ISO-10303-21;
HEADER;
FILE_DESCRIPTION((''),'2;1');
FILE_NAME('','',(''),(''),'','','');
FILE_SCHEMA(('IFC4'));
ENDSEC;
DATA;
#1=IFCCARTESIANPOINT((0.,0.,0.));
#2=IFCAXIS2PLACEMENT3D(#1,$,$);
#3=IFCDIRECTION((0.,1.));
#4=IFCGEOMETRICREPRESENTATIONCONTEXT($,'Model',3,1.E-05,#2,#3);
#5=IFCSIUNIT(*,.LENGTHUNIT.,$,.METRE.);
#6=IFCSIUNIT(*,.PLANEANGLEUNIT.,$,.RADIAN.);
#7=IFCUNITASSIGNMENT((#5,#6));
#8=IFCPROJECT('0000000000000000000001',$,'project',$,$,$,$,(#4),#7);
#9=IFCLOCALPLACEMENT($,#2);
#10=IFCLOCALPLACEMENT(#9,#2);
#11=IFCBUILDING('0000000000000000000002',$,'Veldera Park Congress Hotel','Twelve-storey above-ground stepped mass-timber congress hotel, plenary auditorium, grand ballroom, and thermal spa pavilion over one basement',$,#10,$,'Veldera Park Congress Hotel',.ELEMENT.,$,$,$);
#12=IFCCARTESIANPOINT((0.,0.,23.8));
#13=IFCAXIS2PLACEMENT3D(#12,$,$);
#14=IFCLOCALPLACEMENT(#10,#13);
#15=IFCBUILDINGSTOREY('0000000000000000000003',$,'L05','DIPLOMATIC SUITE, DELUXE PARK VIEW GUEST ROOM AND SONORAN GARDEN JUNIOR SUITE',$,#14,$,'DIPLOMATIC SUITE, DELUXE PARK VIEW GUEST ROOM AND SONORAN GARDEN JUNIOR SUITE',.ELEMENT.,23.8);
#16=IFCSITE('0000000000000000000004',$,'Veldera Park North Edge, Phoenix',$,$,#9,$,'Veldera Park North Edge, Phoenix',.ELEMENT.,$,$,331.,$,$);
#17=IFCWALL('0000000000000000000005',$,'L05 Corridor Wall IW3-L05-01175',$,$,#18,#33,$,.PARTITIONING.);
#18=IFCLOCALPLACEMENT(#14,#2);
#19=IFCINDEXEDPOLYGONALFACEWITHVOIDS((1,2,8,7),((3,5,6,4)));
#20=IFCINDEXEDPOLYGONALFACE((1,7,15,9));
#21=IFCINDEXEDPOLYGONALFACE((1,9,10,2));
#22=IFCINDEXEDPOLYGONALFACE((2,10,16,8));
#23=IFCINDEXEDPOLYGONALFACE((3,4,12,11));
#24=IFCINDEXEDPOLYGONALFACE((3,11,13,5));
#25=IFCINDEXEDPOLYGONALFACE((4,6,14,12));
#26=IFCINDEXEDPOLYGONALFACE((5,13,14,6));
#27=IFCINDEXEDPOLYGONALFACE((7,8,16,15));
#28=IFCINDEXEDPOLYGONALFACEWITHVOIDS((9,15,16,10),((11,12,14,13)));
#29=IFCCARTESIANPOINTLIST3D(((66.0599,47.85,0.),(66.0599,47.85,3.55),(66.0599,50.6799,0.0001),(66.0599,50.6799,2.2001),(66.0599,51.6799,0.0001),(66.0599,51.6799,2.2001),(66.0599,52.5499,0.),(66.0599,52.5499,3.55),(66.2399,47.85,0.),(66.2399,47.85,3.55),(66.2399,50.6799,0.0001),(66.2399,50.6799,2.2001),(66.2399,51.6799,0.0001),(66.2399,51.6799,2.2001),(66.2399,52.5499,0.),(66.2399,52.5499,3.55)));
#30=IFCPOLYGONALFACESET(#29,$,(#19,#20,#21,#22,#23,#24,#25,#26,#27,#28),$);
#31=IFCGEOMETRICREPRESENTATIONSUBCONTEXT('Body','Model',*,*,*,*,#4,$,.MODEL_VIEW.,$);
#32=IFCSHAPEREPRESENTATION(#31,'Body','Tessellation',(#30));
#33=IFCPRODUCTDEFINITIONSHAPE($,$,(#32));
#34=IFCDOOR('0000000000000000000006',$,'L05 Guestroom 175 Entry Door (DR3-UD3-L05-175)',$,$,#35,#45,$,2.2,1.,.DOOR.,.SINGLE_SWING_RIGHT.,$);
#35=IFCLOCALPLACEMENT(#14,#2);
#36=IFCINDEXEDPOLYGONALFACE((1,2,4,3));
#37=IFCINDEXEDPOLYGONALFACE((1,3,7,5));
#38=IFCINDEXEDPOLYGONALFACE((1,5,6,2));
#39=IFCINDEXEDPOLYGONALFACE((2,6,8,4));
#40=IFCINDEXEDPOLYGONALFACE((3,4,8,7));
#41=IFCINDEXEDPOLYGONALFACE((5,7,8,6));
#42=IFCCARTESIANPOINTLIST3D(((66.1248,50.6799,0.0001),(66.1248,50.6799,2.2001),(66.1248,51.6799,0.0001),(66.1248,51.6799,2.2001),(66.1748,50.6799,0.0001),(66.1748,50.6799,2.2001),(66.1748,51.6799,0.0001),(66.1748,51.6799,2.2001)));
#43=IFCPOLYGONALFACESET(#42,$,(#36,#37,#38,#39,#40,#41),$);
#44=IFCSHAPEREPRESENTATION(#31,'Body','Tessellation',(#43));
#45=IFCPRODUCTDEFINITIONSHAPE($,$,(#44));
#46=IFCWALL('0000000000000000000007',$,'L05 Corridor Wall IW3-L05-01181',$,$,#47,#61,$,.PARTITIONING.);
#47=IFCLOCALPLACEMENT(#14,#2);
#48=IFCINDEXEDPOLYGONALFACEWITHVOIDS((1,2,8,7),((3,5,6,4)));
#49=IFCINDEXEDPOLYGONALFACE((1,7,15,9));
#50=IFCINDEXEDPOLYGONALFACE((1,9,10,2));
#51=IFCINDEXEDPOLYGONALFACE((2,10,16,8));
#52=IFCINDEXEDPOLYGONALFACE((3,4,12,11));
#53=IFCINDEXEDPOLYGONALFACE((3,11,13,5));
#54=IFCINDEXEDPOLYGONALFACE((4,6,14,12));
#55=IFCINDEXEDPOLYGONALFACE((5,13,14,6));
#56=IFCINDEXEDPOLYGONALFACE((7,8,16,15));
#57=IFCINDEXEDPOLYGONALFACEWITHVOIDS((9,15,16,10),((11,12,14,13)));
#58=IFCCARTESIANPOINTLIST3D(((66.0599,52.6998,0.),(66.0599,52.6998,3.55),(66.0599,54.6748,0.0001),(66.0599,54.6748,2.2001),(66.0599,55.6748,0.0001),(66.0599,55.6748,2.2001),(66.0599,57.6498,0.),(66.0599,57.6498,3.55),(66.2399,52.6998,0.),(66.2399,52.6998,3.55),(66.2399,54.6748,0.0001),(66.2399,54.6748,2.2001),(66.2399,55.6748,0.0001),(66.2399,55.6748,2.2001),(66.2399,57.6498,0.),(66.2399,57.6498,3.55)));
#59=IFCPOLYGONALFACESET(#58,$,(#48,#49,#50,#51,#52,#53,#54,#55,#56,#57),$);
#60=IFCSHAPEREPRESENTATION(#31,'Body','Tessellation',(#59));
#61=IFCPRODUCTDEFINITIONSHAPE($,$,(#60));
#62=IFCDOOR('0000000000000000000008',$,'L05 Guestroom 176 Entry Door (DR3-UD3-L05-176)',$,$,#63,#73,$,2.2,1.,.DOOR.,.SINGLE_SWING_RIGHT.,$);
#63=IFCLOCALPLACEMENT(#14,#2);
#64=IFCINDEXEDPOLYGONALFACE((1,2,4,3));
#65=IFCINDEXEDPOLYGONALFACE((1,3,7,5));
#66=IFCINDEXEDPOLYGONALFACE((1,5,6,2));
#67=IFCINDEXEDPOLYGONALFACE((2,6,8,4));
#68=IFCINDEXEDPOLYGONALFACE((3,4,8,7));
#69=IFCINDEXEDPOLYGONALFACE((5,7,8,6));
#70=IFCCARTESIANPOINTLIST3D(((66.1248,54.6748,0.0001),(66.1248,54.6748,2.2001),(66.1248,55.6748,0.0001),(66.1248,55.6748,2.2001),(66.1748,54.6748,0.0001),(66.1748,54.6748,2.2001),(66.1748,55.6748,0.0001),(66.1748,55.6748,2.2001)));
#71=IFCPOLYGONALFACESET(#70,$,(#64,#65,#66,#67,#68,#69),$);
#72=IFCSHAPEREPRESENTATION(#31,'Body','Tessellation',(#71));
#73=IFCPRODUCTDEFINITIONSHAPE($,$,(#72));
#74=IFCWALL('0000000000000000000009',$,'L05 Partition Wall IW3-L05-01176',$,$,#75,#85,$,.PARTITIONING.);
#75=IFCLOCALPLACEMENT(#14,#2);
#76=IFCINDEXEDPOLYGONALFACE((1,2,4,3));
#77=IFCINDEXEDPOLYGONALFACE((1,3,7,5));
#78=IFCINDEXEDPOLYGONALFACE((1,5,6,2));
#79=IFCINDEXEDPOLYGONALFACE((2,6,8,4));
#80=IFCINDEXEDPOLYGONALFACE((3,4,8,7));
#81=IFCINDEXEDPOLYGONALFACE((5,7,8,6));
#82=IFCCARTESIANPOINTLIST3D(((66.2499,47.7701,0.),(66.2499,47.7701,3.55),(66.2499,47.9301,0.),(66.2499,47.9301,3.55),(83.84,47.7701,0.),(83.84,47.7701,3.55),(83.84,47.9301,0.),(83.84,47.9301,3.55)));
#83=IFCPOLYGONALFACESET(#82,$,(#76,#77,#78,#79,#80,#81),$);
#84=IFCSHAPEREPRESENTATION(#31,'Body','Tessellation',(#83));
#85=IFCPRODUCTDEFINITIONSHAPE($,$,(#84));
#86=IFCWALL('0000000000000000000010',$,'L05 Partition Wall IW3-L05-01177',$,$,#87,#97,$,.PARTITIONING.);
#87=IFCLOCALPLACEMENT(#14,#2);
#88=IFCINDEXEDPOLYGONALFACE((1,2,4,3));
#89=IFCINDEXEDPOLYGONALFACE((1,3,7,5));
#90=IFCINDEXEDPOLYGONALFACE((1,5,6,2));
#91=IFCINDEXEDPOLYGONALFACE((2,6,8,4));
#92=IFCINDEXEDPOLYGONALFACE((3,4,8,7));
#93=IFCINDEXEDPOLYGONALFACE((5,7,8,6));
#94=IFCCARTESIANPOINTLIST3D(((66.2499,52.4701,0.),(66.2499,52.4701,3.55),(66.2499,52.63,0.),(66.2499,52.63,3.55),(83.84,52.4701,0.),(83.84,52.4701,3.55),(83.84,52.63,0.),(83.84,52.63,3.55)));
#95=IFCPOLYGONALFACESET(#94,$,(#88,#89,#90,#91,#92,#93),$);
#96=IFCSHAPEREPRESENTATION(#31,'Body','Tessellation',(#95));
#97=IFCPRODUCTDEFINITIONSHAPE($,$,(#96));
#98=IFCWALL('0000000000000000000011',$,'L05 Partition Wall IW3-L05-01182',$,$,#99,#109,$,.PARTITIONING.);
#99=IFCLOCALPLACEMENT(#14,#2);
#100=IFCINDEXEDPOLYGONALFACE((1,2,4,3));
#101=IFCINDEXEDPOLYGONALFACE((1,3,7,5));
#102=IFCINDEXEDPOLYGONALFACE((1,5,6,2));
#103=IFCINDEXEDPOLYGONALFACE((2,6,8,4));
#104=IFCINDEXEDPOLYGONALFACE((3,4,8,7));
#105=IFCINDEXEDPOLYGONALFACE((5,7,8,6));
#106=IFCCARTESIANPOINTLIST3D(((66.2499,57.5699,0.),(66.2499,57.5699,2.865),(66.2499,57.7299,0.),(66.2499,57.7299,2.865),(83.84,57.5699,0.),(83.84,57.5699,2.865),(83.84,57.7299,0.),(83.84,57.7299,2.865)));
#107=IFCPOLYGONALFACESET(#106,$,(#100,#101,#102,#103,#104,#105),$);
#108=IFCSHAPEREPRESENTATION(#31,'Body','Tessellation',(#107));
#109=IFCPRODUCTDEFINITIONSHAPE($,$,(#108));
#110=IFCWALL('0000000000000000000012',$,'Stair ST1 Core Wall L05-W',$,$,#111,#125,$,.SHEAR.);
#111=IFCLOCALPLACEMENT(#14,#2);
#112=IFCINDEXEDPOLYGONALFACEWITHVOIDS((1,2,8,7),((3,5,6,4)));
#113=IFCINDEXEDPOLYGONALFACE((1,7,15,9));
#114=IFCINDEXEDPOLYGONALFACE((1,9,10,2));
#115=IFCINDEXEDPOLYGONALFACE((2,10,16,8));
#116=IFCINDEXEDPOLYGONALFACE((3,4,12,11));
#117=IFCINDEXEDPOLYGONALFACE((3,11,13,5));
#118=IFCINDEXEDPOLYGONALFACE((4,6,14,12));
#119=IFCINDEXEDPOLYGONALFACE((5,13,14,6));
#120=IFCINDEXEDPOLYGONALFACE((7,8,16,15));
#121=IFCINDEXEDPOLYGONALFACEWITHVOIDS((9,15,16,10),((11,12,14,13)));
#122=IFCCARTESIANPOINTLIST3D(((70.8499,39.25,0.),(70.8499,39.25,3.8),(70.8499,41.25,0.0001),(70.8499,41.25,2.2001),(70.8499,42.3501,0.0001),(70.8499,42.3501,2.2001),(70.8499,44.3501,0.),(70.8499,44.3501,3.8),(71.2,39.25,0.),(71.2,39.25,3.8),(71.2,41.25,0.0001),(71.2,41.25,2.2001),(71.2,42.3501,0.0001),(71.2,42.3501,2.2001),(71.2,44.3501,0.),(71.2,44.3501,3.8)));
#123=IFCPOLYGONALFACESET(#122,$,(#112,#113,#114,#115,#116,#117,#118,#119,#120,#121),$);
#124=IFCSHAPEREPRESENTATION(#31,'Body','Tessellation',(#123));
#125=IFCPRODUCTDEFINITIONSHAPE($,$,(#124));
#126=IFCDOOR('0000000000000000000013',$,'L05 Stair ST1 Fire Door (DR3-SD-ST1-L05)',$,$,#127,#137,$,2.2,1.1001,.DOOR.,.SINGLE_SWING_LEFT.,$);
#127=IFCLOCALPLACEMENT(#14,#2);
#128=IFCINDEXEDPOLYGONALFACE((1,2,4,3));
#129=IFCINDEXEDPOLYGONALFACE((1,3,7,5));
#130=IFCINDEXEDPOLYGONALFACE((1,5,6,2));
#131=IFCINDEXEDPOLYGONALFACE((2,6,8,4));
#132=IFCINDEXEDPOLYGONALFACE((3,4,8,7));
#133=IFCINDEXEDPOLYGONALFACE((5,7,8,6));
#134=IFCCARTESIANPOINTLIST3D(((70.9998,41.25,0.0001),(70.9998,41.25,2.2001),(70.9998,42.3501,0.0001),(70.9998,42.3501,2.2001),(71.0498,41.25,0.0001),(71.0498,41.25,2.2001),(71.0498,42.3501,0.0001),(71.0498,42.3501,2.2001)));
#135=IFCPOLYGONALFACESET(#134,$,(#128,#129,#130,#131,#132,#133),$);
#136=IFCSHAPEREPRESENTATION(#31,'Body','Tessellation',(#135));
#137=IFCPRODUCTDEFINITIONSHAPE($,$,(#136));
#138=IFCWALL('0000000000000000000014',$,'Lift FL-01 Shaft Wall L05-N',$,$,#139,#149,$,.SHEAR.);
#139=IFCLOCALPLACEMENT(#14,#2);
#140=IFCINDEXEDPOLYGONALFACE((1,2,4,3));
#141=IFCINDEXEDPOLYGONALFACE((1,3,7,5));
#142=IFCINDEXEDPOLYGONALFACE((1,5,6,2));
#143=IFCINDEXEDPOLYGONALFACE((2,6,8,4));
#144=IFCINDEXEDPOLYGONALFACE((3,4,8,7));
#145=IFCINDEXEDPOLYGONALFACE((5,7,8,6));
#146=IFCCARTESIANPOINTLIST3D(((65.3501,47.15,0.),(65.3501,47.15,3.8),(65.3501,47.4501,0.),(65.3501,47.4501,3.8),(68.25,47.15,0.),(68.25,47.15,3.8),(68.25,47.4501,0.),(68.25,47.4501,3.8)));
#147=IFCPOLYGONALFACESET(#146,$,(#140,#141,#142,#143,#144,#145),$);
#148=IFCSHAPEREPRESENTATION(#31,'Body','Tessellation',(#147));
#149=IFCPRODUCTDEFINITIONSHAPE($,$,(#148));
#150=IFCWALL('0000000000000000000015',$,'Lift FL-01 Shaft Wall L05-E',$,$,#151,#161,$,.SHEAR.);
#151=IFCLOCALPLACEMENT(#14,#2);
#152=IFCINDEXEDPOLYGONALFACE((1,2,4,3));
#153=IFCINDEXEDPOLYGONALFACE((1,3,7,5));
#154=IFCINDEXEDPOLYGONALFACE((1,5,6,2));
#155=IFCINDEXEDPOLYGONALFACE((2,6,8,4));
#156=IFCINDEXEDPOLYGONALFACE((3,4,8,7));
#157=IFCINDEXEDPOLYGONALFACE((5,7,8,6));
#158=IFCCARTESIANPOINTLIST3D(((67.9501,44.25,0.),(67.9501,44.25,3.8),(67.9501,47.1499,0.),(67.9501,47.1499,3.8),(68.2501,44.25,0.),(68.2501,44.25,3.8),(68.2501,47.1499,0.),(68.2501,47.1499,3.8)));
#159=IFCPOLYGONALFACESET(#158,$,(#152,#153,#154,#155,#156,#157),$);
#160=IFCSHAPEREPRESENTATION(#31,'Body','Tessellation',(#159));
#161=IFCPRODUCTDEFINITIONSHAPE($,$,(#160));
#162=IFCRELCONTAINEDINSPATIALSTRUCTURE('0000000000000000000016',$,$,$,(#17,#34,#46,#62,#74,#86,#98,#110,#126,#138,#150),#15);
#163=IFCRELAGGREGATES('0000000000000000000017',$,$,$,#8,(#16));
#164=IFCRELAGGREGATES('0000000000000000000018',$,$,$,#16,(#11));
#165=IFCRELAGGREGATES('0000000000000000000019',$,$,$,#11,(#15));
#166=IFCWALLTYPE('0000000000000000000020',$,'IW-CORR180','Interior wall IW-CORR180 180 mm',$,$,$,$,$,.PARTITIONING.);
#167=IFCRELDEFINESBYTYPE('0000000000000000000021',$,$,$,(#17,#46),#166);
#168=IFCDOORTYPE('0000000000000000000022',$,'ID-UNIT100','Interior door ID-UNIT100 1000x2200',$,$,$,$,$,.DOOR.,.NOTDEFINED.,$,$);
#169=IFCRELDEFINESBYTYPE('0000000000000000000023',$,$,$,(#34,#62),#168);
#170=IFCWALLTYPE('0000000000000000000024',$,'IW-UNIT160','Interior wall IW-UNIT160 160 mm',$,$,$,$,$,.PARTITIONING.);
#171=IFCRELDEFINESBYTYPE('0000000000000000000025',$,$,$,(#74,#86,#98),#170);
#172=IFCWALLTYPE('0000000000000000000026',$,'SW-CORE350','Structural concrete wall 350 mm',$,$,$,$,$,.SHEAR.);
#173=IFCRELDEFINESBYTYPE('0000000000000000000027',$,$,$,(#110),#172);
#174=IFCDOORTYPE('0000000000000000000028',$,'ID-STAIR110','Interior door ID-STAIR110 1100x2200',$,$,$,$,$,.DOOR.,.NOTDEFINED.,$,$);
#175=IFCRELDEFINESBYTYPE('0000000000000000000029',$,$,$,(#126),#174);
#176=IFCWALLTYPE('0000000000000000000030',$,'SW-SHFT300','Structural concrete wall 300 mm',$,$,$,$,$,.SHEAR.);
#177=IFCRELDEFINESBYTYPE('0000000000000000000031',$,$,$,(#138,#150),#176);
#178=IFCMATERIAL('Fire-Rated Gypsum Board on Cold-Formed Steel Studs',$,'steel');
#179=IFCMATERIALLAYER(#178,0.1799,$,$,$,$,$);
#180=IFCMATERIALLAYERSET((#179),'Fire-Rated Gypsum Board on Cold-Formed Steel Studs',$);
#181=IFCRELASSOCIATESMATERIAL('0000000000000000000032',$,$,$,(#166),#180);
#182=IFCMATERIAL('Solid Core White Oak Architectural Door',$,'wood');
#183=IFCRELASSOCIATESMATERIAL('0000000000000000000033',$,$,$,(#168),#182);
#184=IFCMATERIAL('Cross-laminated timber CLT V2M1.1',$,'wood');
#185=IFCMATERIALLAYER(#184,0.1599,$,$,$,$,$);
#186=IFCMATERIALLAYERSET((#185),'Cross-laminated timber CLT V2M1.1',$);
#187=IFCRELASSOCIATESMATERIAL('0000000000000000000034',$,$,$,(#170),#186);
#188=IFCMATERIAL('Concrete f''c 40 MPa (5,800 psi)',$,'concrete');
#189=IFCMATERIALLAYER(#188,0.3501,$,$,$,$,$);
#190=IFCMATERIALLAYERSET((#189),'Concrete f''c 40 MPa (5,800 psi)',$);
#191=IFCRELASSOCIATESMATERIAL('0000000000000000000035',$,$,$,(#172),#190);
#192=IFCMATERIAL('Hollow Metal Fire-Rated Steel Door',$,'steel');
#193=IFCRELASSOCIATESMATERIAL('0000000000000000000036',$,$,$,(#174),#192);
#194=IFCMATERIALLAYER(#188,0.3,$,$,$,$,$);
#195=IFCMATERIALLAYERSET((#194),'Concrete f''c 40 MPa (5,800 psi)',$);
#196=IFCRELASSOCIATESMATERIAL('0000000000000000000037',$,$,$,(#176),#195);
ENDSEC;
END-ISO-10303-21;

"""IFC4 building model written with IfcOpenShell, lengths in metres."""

from ifc_helpers import new_model, si_unit, direction, frame, frame_2d, origin, place, context, subcontext, project, spatial, rectangle, extrude, material, layer, layer_set, type_object, element, fill, save


model = new_model("IFC4")

# Units and contexts
model_context = context("Model", 3, precision=1e-05, world=origin(), true_north=direction((0.0, 1.0)))
body_context = subcontext(model_context, "Body", "Model", "MODEL_VIEW")
ifc_project = project(units=[si_unit("LENGTHUNIT", "METRE"), si_unit("PLANEANGLEUNIT", "RADIAN")], contexts=[model_context])

# Site, building, storey
site_placement = place(None, origin())
site = spatial("IfcSite", under=ifc_project, at=site_placement, Name="Veldera Park North Edge, Phoenix", LongName="Veldera Park North Edge, Phoenix", CompositionType="ELEMENT", RefElevation=331.0)
building_placement = place(site_placement, origin())
building = spatial("IfcBuilding", under=site, at=building_placement, Name="Veldera Park Congress Hotel", Description="Twelve-storey above-ground stepped mass-timber congress hotel, plenary auditorium, grand ballroom, and thermal spa pavilion over one basement", LongName="Veldera Park Congress Hotel", CompositionType="ELEMENT")
storey_placement = place(building_placement, frame((0.0, 0.0, 23.8)))
storey = spatial("IfcBuildingStorey", under=building, at=storey_placement, Name="L05", Description="DIPLOMATIC SUITE, DELUXE PARK VIEW GUEST ROOM AND SONORAN GARDEN JUNIOR SUITE", LongName="DIPLOMATIC SUITE, DELUXE PARK VIEW GUEST ROOM AND SONORAN GARDEN JUNIOR SUITE", CompositionType="ELEMENT", Elevation=23.8)

# Shared definitions
ifc_material_1 = material(Name="Cross-laminated timber CLT V2M1.1", Category="wood")

# Walls, openings, doors
ifc_material_2 = material(Name="Fire-Rated Gypsum Board on Cold-Formed Steel Studs", Category="steel")
ifc_layer_1 = layer(ifc_material_2, 0.1799)
ifc_layer_set_1 = layer_set([ifc_layer_1], Name="Fire-Rated Gypsum Board on Cold-Formed Steel Studs")
wall_type_1 = type_object("IfcWallType", Name="IW-CORR180", Description="Interior wall IW-CORR180 180 mm", PredefinedType="PARTITIONING", material=ifc_layer_set_1)
wall_1_placement = place(storey_placement, frame((66.1499, 52.55, 0.0), z_axis=(0.0, 0.0, 1.0), x_axis=(0.0, -1.0, 0.0)))
wall_1 = element("IfcWall", 1, at=wall_1_placement, inside=storey, type_object=wall_type_1, Name="L05 Corridor Wall IW3-L05-01175", PredefinedType="PARTITIONING", context=body_context, shape_type="SweptSolid", body=[
    extrude(rectangle(XDim=4.7, YDim=0.1799, at=frame_2d((2.3501, 0.0))), origin(), (0.0, 0.0, 1.0), 3.55),
])
opening_1_placement = place(wall_1_placement, frame((0.8701, 0.0, 0.0)))
opening_1 = element("IfcOpeningElement", 2, at=opening_1_placement, cuts=wall_1, PredefinedType="OPENING", context=body_context, shape_type="SweptSolid", body=[
    extrude(rectangle(XDim=1.0, YDim=2.2, at=frame_2d((0.5, 1.1001))), frame((0.0, 0.1021, 0.0), z_axis=(0.0, -1.0, 0.0), x_axis=(1.0, 0.0, 0.0)), (0.0, 0.0, 1.0), 0.2039),
])
ifc_material_3 = material(Name="Solid Core White Oak Architectural Door", Category="wood")
door_type_1 = type_object("IfcDoorType", Name="ID-UNIT100", Description="Interior door ID-UNIT100 1000x2200", OperationType="NOTDEFINED", PredefinedType="DOOR", material=ifc_material_3)
door_1_placement = place(opening_1_placement, origin())
door_1 = element("IfcDoor", 3, at=door_1_placement, inside=storey, type_object=door_type_1, Name="L05 Guestroom 175 Entry Door (DR3-UD3-L05-175)", OperationType="SINGLE_SWING_RIGHT", OverallHeight=2.2, OverallWidth=1.0, PredefinedType="DOOR", context=body_context, shape_type="SweptSolid", body=[
    extrude(rectangle(XDim=1.0, YDim=2.2, at=frame_2d((0.5, 1.1001))), frame((0.0, 0.0249, 0.0), z_axis=(0.0, -1.0, 0.0), x_axis=(1.0, 0.0, 0.0)), (0.0, 0.0, 1.0), 0.05),
])
fill(opening_1, door_1)
wall_2_placement = place(storey_placement, frame((66.1499, 57.6499, 0.0), z_axis=(0.0, 0.0, 1.0), x_axis=(0.0, -1.0, 0.0)))
wall_2 = element("IfcWall", 4, at=wall_2_placement, inside=storey, type_object=wall_type_1, Name="L05 Corridor Wall IW3-L05-01181", PredefinedType="PARTITIONING", context=body_context, shape_type="SweptSolid", body=[
    extrude(rectangle(XDim=4.95, YDim=0.1799, at=frame_2d((2.4751, 0.0))), origin(), (0.0, 0.0, 1.0), 3.55),
])
opening_2_placement = place(wall_2_placement, frame((1.9751, 0.0, 0.0)))
opening_2 = element("IfcOpeningElement", 5, at=opening_2_placement, cuts=wall_2, PredefinedType="OPENING", context=body_context, shape_type="SweptSolid", body=[
    extrude(rectangle(XDim=1.0, YDim=2.2, at=frame_2d((0.5, 1.1001))), frame((0.0, 0.1021, 0.0), z_axis=(0.0, -1.0, 0.0), x_axis=(1.0, 0.0, 0.0)), (0.0, 0.0, 1.0), 0.2039),
])
door_2_placement = place(opening_2_placement, origin())
door_2 = element("IfcDoor", 6, at=door_2_placement, inside=storey, type_object=door_type_1, Name="L05 Guestroom 176 Entry Door (DR3-UD3-L05-176)", OperationType="SINGLE_SWING_RIGHT", OverallHeight=2.2, OverallWidth=1.0, PredefinedType="DOOR", context=body_context, shape_type="SweptSolid", body=[
    extrude(rectangle(XDim=1.0, YDim=2.2, at=frame_2d((0.5, 1.1001))), frame((0.0, 0.0249, 0.0), z_axis=(0.0, -1.0, 0.0), x_axis=(1.0, 0.0, 0.0)), (0.0, 0.0, 1.0), 0.05),
])
fill(opening_2, door_2)

# Walls
ifc_layer_2 = layer(ifc_material_1, 0.1599)
ifc_layer_set_2 = layer_set([ifc_layer_2], Name="Cross-laminated timber CLT V2M1.1")
wall_type_2 = type_object("IfcWallType", Name="IW-UNIT160", Description="Interior wall IW-UNIT160 160 mm", PredefinedType="PARTITIONING", material=ifc_layer_set_2)
for number, where, z_axis, x_axis, name in (
    (7, (66.25, 47.8501, 0.0), (0.0, 0.0, 1.0), (1.0, 0.0, 0.0), "L05 Partition Wall IW3-L05-01176"),
    (8, (66.25, 52.55, 0.0), (0.0, 0.0, 1.0), (1.0, 0.0, 0.0), "L05 Partition Wall IW3-L05-01177"),
):
    element("IfcWall", number, at=place(storey_placement, frame(where, z_axis=z_axis, x_axis=x_axis)), inside=storey, type_object=wall_type_2, Name=name, PredefinedType="PARTITIONING", context=body_context, shape_type="SweptSolid", body=[
        extrude(rectangle(XDim=17.5901, YDim=0.1599, at=frame_2d((8.7949, 0.0))), origin(), (0.0, 0.0, 1.0), 3.55),
    ])
wall_3_placement = place(storey_placement, frame((66.25, 57.6499, 0.0), z_axis=(0.0, 0.0, 1.0), x_axis=(1.0, 0.0, 0.0)))
element("IfcWall", 9, at=wall_3_placement, inside=storey, type_object=wall_type_2, Name="L05 Partition Wall IW3-L05-01182", PredefinedType="PARTITIONING", context=body_context, shape_type="SweptSolid", body=[
    extrude(rectangle(XDim=17.5901, YDim=0.1599, at=frame_2d((8.7949, 0.0))), origin(), (0.0, 0.0, 1.0), 2.865),
])

# Wall, opening, door
ifc_material_4 = material(Name="Concrete f'c 40 MPa (5,800 psi)", Category="concrete")
ifc_layer_3 = layer(ifc_material_4, 0.3501)
ifc_layer_set_3 = layer_set([ifc_layer_3], Name="Concrete f'c 40 MPa (5,800 psi)")
wall_type_3 = type_object("IfcWallType", Name="SW-CORE350", Description="Structural concrete wall 350 mm", PredefinedType="SHEAR", material=ifc_layer_set_3)
wall_4_placement = place(storey_placement, frame((71.0249, 44.3501, 0.0), z_axis=(0.0, 0.0, 1.0), x_axis=(0.0, -1.0, 0.0)))
wall_4 = element("IfcWall", 10, at=wall_4_placement, inside=storey, type_object=wall_type_3, Name="Stair ST1 Core Wall L05-W", PredefinedType="SHEAR", context=body_context, shape_type="SweptSolid", body=[
    extrude(rectangle(XDim=5.1001, YDim=0.3501, at=frame_2d((2.55, 0.0))), origin(), (0.0, 0.0, 1.0), 3.8),
])
opening_3_placement = place(wall_4_placement, frame((2.0, 0.0, 0.0)))
opening_3 = element("IfcOpeningElement", 11, at=opening_3_placement, cuts=wall_4, PredefinedType="OPENING", context=body_context, shape_type="SweptSolid", body=[
    extrude(rectangle(XDim=1.1001, YDim=2.2, at=frame_2d((0.55, 1.1001))), frame((0.0, 0.187, 0.0), z_axis=(0.0, -1.0, 0.0), x_axis=(1.0, 0.0, 0.0)), (0.0, 0.0, 1.0), 0.374),
])
ifc_material_5 = material(Name="Hollow Metal Fire-Rated Steel Door", Category="steel")
door_type_2 = type_object("IfcDoorType", Name="ID-STAIR110", Description="Interior door ID-STAIR110 1100x2200", OperationType="NOTDEFINED", PredefinedType="DOOR", material=ifc_material_5)
door_3_placement = place(opening_3_placement, origin())
door_3 = element("IfcDoor", 12, at=door_3_placement, inside=storey, type_object=door_type_2, Name="L05 Stair ST1 Fire Door (DR3-SD-ST1-L05)", OperationType="SINGLE_SWING_LEFT", OverallHeight=2.2, OverallWidth=1.1001, PredefinedType="DOOR", context=body_context, shape_type="SweptSolid", body=[
    extrude(rectangle(XDim=1.1001, YDim=2.2, at=frame_2d((0.55, 1.1001))), frame((0.0, 0.0249, 0.0), z_axis=(0.0, -1.0, 0.0), x_axis=(1.0, 0.0, 0.0)), (0.0, 0.0, 1.0), 0.05),
])
fill(opening_3, door_3)

# Walls
ifc_layer_4 = layer(ifc_material_4, 0.3)
ifc_layer_set_4 = layer_set([ifc_layer_4], Name="Concrete f'c 40 MPa (5,800 psi)")
wall_type_4 = type_object("IfcWallType", Name="SW-SHFT300", Description="Structural concrete wall 300 mm", PredefinedType="SHEAR", material=ifc_layer_set_4)
for number, where, z_axis, x_axis, name in (
    (13, (68.25, 47.3, 0.0), (0.0, 0.0, 1.0), (-1.0, 0.0, 0.0), "Lift FL-01 Shaft Wall L05-N"),
    (14, (68.1001, 44.25, 0.0), (0.0, 0.0, 1.0), (0.0, 1.0, 0.0), "Lift FL-01 Shaft Wall L05-E"),
):
    element("IfcWall", number, at=place(storey_placement, frame(where, z_axis=z_axis, x_axis=x_axis)), inside=storey, type_object=wall_type_4, Name=name, PredefinedType="SHEAR", context=body_context, shape_type="SweptSolid", body=[
        extrude(rectangle(XDim=2.8999, YDim=0.3, at=frame_2d((1.45, 0.0))), origin(), (0.0, 0.0, 1.0), 3.8),
    ])

save(model, "model.ifc")
